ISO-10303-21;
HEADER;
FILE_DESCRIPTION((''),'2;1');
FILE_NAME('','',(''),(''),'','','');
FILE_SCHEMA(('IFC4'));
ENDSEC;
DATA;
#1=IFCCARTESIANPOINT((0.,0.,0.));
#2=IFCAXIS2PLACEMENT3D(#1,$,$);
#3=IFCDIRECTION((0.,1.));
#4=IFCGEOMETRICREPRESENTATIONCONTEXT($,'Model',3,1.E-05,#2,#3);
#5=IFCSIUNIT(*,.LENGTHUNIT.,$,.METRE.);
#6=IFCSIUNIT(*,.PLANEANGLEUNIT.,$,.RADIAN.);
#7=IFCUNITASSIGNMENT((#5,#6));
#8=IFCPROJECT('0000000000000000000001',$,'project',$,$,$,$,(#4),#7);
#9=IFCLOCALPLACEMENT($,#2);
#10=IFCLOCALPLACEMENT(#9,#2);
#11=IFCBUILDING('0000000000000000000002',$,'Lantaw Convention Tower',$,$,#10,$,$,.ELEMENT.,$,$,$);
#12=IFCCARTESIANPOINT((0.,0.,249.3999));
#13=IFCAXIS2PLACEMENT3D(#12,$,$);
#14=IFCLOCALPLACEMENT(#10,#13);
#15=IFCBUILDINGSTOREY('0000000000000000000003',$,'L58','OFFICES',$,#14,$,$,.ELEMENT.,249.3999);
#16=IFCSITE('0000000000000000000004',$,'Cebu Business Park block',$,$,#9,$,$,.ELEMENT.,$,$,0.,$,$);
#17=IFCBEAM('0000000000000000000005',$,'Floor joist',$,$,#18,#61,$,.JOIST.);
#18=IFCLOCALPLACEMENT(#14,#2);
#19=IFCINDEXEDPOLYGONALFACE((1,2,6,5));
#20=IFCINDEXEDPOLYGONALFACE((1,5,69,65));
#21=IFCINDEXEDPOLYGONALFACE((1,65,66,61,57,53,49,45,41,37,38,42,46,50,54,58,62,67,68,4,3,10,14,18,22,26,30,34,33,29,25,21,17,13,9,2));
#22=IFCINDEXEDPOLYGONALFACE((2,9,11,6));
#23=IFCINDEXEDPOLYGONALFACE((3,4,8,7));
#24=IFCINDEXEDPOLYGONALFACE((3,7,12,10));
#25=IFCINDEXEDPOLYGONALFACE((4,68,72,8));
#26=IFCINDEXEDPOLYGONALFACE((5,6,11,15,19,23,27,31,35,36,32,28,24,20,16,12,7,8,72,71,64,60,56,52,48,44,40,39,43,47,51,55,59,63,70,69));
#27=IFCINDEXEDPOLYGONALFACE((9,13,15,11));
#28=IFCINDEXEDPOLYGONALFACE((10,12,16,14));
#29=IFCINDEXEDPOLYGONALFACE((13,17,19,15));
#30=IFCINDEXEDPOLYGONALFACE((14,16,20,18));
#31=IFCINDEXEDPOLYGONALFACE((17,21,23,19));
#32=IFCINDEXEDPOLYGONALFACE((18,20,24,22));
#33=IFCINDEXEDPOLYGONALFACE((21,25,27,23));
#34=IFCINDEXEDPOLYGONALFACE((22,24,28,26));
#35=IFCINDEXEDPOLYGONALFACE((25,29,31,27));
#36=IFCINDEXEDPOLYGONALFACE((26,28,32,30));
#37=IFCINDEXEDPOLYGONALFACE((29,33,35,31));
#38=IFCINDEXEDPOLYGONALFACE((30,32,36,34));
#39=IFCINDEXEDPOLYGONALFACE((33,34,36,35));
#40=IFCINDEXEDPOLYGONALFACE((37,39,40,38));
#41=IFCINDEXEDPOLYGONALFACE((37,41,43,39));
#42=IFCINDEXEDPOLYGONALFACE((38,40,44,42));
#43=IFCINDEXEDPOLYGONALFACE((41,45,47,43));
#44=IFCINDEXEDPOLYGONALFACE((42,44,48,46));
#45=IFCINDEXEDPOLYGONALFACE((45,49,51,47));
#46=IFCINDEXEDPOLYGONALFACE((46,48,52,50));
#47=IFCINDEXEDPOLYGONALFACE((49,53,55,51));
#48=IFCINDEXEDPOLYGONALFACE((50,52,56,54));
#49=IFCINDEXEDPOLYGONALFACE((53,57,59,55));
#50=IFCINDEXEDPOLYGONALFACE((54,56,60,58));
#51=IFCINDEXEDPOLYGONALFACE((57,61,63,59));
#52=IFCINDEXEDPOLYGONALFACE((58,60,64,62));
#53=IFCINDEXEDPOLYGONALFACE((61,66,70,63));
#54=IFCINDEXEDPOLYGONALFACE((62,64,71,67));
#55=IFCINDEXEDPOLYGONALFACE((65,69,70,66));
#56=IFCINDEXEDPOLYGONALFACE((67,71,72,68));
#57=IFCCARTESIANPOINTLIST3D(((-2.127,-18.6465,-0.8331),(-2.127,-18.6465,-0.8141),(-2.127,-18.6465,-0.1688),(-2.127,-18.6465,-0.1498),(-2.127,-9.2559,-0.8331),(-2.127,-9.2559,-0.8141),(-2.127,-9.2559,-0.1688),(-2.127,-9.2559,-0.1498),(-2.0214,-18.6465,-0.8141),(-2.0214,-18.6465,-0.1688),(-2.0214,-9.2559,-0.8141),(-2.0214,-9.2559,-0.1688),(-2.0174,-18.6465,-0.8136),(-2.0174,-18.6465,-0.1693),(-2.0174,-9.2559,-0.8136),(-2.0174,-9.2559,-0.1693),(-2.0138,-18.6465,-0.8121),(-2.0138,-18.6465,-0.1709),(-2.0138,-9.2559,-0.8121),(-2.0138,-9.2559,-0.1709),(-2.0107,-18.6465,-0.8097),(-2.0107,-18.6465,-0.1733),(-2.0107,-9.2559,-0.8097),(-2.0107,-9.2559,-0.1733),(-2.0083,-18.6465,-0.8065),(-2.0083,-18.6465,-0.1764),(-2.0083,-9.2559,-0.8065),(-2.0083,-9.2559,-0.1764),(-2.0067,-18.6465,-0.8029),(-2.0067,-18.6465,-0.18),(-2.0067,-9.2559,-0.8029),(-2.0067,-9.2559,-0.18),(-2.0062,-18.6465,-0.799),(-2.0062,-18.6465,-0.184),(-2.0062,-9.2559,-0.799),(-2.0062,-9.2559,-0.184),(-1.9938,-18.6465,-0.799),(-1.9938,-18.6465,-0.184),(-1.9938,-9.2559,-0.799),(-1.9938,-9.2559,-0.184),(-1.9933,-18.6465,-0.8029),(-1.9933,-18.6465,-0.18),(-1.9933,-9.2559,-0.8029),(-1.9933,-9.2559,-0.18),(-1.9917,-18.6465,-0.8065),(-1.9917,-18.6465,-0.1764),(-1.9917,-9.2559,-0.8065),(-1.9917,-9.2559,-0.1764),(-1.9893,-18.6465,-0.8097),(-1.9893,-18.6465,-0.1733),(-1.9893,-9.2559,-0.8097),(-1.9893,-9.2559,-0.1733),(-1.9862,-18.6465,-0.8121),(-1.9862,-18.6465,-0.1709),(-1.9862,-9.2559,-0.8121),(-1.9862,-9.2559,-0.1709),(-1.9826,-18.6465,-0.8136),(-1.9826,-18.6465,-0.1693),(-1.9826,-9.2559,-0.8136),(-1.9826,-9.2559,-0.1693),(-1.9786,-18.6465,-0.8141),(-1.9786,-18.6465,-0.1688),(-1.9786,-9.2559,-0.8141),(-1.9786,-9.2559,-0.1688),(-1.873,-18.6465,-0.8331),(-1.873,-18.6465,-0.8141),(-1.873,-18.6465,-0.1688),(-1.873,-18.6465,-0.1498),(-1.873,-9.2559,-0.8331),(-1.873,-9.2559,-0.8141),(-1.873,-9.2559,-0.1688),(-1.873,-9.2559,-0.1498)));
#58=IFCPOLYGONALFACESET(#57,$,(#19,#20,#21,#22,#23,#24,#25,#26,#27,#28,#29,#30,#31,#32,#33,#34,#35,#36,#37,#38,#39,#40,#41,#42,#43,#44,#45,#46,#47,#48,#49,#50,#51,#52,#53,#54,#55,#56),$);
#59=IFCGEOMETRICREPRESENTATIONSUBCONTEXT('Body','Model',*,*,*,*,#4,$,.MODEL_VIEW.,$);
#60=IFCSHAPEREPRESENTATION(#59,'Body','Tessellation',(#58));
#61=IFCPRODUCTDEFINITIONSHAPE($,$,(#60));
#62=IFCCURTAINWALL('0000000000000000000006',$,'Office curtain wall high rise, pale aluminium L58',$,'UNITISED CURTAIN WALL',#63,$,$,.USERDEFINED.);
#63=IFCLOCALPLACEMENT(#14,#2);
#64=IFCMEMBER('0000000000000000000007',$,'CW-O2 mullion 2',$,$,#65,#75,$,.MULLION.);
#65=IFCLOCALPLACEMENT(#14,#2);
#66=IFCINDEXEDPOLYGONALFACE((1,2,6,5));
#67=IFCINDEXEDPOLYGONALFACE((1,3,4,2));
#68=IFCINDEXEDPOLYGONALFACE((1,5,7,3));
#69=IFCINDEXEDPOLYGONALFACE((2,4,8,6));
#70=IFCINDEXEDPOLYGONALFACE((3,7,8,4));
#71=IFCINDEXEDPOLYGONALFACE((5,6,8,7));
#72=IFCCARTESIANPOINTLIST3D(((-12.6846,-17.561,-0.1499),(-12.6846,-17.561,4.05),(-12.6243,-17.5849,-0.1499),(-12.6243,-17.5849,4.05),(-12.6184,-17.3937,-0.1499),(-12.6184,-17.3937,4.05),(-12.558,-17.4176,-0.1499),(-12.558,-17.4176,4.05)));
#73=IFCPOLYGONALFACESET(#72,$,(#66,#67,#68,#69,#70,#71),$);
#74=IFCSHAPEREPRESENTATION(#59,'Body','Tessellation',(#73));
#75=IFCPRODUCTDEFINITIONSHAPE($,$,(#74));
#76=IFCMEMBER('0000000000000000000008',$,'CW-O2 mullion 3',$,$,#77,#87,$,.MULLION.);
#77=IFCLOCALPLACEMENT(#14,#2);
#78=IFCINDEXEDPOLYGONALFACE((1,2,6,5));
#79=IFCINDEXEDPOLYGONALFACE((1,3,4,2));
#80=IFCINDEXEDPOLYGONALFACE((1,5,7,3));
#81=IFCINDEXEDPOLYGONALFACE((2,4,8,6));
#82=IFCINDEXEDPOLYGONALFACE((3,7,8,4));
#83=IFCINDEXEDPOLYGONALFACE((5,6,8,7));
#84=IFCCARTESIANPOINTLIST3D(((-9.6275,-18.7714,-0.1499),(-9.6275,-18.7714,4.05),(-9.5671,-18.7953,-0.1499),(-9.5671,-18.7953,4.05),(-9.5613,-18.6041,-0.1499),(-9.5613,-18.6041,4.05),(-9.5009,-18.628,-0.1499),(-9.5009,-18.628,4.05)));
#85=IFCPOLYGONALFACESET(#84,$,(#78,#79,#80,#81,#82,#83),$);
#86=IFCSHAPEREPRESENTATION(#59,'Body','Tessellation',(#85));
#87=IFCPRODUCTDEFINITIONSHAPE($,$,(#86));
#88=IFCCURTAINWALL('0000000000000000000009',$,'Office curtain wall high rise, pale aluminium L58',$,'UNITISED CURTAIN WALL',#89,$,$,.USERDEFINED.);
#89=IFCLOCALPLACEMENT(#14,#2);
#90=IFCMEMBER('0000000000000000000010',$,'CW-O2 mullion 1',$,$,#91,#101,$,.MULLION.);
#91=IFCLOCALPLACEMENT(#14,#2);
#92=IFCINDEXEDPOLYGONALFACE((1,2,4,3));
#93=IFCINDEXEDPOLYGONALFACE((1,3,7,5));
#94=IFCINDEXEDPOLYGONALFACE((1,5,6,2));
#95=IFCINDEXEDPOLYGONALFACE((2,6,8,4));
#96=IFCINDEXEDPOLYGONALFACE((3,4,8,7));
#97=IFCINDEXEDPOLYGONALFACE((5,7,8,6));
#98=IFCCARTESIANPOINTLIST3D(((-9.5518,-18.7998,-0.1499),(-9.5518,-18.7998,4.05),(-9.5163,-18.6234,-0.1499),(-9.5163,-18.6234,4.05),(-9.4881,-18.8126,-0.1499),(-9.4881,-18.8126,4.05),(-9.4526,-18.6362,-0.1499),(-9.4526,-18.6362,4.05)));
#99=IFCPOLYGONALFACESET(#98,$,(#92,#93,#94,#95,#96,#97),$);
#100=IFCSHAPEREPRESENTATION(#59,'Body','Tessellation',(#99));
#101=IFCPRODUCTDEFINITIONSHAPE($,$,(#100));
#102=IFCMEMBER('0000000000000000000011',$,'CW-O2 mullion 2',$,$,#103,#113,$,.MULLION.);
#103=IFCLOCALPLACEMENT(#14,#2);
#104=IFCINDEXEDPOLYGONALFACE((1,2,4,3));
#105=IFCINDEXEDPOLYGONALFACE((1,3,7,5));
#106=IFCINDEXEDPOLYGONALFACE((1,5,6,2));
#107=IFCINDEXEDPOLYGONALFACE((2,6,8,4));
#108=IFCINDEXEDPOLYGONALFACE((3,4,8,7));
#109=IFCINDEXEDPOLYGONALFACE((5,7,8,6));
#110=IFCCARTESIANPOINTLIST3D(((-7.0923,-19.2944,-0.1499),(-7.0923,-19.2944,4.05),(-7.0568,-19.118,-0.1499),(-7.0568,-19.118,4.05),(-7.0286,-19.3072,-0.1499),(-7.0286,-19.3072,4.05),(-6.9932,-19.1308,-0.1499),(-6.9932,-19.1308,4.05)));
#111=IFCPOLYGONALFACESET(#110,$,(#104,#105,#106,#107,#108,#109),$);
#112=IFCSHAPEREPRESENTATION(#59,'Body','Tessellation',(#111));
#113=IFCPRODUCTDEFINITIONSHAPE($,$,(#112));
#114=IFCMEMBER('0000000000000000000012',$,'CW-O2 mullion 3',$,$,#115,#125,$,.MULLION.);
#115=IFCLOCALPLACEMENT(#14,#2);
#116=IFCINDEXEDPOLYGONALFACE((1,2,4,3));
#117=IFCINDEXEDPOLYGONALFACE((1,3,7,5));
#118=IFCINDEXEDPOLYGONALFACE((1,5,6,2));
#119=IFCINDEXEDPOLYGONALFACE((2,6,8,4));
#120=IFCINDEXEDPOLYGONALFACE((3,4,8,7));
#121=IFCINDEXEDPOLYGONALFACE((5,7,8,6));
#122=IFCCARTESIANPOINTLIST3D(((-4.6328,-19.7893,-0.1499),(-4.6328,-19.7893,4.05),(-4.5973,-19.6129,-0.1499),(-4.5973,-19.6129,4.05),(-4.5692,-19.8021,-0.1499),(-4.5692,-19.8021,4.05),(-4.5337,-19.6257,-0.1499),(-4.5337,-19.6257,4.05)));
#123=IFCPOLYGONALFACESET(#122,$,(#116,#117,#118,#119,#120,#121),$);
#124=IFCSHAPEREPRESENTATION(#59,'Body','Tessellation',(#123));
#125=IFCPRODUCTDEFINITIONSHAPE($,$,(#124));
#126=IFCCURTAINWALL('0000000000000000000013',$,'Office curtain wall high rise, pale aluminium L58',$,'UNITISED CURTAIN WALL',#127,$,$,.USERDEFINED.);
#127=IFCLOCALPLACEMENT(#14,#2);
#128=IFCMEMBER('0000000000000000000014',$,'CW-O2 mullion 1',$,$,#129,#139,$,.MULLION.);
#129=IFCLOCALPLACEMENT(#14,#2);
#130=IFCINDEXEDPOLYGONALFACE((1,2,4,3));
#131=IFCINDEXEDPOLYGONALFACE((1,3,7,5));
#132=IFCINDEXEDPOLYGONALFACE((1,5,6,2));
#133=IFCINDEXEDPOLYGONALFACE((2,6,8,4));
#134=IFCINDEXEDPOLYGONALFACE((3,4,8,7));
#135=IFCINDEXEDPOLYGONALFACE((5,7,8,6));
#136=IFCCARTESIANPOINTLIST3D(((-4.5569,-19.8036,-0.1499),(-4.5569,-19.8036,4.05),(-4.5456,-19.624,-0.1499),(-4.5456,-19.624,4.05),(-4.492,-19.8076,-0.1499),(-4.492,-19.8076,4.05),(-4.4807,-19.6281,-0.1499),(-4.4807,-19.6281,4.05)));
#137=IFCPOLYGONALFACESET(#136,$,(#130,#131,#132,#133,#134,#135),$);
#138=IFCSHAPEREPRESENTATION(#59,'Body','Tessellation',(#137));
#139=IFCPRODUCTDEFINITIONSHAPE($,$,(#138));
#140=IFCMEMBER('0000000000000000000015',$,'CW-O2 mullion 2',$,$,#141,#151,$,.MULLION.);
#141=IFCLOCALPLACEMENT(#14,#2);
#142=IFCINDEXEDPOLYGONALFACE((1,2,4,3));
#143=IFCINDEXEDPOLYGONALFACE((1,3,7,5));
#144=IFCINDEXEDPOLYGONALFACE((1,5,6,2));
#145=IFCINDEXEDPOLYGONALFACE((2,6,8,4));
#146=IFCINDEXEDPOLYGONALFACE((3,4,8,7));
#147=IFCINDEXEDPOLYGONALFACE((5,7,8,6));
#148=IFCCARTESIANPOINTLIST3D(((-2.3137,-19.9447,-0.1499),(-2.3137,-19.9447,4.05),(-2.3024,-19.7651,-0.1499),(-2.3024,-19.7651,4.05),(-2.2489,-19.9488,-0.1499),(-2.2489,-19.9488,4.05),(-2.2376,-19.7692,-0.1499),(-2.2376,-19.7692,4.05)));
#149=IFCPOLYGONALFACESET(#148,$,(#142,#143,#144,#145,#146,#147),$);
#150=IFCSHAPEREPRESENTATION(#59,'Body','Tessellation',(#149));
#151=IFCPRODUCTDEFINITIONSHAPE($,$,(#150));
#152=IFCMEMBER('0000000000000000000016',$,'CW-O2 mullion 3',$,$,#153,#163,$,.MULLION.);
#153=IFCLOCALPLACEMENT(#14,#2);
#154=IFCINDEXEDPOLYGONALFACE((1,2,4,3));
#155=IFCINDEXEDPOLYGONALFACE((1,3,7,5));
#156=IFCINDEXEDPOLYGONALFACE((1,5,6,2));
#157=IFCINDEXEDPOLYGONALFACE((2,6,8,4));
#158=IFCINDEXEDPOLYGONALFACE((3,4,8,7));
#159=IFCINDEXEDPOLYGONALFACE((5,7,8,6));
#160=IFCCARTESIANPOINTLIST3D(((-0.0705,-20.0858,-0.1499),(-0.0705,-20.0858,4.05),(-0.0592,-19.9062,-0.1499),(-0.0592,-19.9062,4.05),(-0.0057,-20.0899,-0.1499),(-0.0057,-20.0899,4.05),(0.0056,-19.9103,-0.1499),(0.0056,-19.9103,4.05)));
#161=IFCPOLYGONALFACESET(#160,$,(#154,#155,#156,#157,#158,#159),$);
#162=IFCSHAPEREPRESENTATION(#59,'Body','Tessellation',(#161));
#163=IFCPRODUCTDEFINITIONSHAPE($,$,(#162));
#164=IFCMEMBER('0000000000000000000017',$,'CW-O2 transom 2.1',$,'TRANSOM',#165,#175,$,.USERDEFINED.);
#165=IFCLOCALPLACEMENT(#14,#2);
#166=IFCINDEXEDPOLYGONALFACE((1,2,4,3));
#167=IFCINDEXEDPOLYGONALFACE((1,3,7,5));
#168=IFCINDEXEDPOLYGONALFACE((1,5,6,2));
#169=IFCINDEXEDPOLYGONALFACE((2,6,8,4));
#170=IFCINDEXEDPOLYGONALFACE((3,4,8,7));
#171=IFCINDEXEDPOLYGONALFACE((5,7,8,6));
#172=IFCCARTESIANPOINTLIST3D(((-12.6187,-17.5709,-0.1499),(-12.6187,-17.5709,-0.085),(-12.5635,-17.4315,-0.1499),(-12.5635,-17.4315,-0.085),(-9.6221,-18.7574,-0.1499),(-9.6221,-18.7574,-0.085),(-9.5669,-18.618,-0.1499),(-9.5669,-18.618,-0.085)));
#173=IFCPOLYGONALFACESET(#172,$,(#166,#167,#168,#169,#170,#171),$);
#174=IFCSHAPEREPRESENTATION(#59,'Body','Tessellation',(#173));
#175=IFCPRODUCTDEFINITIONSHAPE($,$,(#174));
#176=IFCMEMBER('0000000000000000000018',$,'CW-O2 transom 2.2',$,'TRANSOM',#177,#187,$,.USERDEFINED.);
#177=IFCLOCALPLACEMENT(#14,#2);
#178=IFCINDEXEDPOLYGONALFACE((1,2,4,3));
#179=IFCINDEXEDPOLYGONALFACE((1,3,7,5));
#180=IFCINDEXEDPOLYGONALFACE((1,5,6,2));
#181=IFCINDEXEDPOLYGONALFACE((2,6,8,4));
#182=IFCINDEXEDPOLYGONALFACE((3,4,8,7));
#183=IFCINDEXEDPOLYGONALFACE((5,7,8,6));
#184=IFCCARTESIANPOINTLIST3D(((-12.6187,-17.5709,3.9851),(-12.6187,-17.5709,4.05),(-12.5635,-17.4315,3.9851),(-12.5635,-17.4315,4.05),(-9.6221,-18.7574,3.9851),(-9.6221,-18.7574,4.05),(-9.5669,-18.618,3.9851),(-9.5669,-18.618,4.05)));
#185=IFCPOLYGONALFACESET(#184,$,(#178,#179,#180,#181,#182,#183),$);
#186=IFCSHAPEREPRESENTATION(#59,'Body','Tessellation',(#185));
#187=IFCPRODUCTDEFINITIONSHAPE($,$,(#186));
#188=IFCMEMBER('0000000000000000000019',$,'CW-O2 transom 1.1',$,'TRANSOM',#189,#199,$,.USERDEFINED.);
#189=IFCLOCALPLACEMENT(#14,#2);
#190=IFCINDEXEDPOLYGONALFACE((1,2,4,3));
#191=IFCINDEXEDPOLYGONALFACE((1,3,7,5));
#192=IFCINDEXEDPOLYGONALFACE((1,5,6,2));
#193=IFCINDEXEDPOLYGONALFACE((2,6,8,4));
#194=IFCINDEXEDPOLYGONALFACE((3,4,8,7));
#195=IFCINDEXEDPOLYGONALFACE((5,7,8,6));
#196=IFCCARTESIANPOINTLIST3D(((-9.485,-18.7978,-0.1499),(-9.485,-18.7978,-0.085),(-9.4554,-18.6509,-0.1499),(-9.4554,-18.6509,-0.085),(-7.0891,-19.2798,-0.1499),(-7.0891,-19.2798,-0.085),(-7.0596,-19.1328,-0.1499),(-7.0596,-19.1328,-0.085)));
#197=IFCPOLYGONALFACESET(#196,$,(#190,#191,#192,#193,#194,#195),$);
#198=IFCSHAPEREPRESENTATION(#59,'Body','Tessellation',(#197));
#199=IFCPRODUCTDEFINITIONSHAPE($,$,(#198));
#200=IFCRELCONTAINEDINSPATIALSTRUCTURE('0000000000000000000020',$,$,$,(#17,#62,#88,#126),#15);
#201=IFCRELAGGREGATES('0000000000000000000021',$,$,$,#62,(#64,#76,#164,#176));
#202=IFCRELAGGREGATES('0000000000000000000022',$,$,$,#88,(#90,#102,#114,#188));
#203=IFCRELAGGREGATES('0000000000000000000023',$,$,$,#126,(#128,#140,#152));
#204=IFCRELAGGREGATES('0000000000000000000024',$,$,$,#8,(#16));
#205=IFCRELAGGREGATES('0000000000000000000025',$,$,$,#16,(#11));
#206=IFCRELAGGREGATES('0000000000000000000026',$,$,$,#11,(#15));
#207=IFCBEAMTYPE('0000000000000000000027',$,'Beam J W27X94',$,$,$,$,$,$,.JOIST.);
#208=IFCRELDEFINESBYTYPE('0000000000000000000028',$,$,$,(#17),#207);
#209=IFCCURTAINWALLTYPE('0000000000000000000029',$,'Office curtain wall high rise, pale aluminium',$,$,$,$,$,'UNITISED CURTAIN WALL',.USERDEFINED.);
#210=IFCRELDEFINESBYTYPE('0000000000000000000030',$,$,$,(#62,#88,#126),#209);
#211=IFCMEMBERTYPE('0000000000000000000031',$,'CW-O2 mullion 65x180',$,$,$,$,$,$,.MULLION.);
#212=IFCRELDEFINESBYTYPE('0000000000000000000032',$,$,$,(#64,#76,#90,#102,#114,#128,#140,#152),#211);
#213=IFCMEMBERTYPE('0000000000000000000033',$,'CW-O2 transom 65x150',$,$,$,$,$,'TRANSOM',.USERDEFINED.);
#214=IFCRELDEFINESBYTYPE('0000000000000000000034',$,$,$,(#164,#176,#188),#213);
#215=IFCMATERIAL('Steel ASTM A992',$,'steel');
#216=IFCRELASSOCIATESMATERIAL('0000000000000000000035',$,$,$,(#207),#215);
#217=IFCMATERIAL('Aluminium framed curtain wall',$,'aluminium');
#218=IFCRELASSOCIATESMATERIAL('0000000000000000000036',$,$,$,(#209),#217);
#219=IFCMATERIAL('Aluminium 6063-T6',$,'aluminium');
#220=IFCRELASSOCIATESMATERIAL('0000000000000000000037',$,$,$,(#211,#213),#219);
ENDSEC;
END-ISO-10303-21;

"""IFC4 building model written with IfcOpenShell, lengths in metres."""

from ifc_helpers import new_model, si_unit, direction, frame, origin, origin_2d, place, context, subcontext, project, spatial, rectangle, i_section, extrude, material, material_profile, profile_set, type_object, element, aggregate, save


model = new_model("IFC4")

# Units and contexts
model_context = context("Model", 3, precision=1e-05, world=origin(), true_north=direction((0.0, 1.0)))
body_context = subcontext(model_context, "Body", "Model", "MODEL_VIEW")
ifc_project = project(units=[si_unit("LENGTHUNIT", "METRE"), si_unit("PLANEANGLEUNIT", "RADIAN")], contexts=[model_context])

# Site, building, storey
site_placement = place(None, origin())
site = spatial("IfcSite", under=ifc_project, at=site_placement, Name="Cebu Business Park block", CompositionType="ELEMENT", RefElevation=0.0)
building_placement = place(site_placement, origin())
building = spatial("IfcBuilding", under=site, at=building_placement, Name="Lantaw Convention Tower", CompositionType="ELEMENT")
storey_placement = place(building_placement, frame((0.0, 0.0, 249.3999)))
storey = spatial("IfcBuildingStorey", under=building, at=storey_placement, Name="L58", Description="OFFICES", CompositionType="ELEMENT", Elevation=249.3999)

# Beam
ifc_material_1 = material(Name="Steel ASTM A992", Category="steel")
ifc_material_profile_1 = material_profile(ifc_material_1, i_section(OverallWidth=0.2539, OverallDepth=0.6833, WebThickness=0.0125, FlangeThickness=0.019, FilletRadius=0.0151, at=origin_2d()), Name="W27X94")
ifc_profile_set_1 = profile_set([ifc_material_profile_1], Name="Steel ASTM A992")
beam_type_1 = type_object("IfcBeamType", Name="Beam J W27X94", PredefinedType="JOIST", material=ifc_profile_set_1)
beam_1_placement = place(storey_placement, frame((-2.0, -18.6465, -0.4915), z_axis=(0.0, 1.0, 0.0), x_axis=(-1.0, 0.0, 0.0)))
element("IfcBeam", 1, at=beam_1_placement, inside=storey, type_object=beam_type_1, Name="Floor joist", PredefinedType="JOIST", context=body_context, shape_type="SweptSolid", body=[
    extrude(i_section(OverallWidth=0.2539, OverallDepth=0.6833, WebThickness=0.0125, FlangeThickness=0.019, FilletRadius=0.0151, at=origin_2d()), origin(), (0.0, 0.0, 1.0), 9.3906),
])

# Curtain walls, members
ifc_material_2 = material(Name="Aluminium framed curtain wall", Category="aluminium")
curtain_wall_type = type_object("IfcCurtainWallType", Name="Office curtain wall high rise, pale aluminium", ElementType="UNITISED CURTAIN WALL", PredefinedType="USERDEFINED", material=ifc_material_2)
curtain_wall_1_placement = place(storey_placement, origin())
curtain_wall_1 = element("IfcCurtainWall", 2, at=curtain_wall_1_placement, inside=storey, type_object=curtain_wall_type, Name="Office curtain wall high rise, pale aluminium L58", ObjectType="UNITISED CURTAIN WALL", PredefinedType="USERDEFINED")
ifc_material_3 = material(Name="Aluminium 6063-T6", Category="aluminium")
ifc_material_profile_2 = material_profile(ifc_material_3, rectangle(XDim=0.1799, YDim=0.0649, at=origin_2d()), Name="CW-O2 mullion 65x180")
ifc_profile_set_2 = profile_set([ifc_material_profile_2], Name="Aluminium 6063-T6")
member_type_1 = type_object("IfcMemberType", Name="CW-O2 mullion 65x180", PredefinedType="MULLION", material=ifc_profile_set_2)
member_1_placement = place(storey_placement, frame((-12.6213, -17.4893, -0.1499), z_axis=(0.0, 0.0, 1.0), x_axis=(0.368162, 0.929762, 0.0)))
member_1 = element("IfcMember", 3, at=member_1_placement, type_object=member_type_1, Name="CW-O2 mullion 2", PredefinedType="MULLION", context=body_context, shape_type="SweptSolid", body=[
    extrude(rectangle(XDim=0.1799, YDim=0.0649, at=origin_2d()), origin(), (0.0, 0.0, 1.0), 4.2),
])
member_2_placement = place(storey_placement, frame((-9.5642, -18.6997, -0.1499), z_axis=(0.0, 0.0, 1.0), x_axis=(0.368162, 0.929762, 0.0)))
member_2 = element("IfcMember", 4, at=member_2_placement, type_object=member_type_1, Name="CW-O2 mullion 3", PredefinedType="MULLION", context=body_context, shape_type="SweptSolid", body=[
    extrude(rectangle(XDim=0.1799, YDim=0.0649, at=origin_2d()), origin(), (0.0, 0.0, 1.0), 4.2),
])
curtain_wall_2_placement = place(storey_placement, origin())
curtain_wall_2 = element("IfcCurtainWall", 5, at=curtain_wall_2_placement, inside=storey, type_object=curtain_wall_type, Name="Office curtain wall high rise, pale aluminium L58", ObjectType="UNITISED CURTAIN WALL", PredefinedType="USERDEFINED")
member_3_placement = place(storey_placement, frame((-9.5022, -18.718, -0.1499), z_axis=(0.0, 0.0, 1.0), x_axis=(0.197183, 0.980367, 0.0)))
member_3 = element("IfcMember", 6, at=member_3_placement, type_object=member_type_1, Name="CW-O2 mullion 1", PredefinedType="MULLION", context=body_context, shape_type="SweptSolid", body=[
    extrude(rectangle(XDim=0.1799, YDim=0.0649, at=origin_2d()), origin(), (0.0, 0.0, 1.0), 4.2),
])
member_4_placement = place(storey_placement, frame((-7.0427, -19.2126, -0.1499), z_axis=(0.0, 0.0, 1.0), x_axis=(0.197183, 0.980367, 0.0)))
member_4 = element("IfcMember", 7, at=member_4_placement, type_object=member_type_1, Name="CW-O2 mullion 2", PredefinedType="MULLION", context=body_context, shape_type="SweptSolid", body=[
    extrude(rectangle(XDim=0.1799, YDim=0.0649, at=origin_2d()), origin(), (0.0, 0.0, 1.0), 4.2),
])
member_5_placement = place(storey_placement, frame((-4.5833, -19.7075, -0.1499), z_axis=(0.0, 0.0, 1.0), x_axis=(0.197183, 0.980367, 0.0)))
member_5 = element("IfcMember", 8, at=member_5_placement, type_object=member_type_1, Name="CW-O2 mullion 3", PredefinedType="MULLION", context=body_context, shape_type="SweptSolid", body=[
    extrude(rectangle(XDim=0.1799, YDim=0.0649, at=origin_2d()), origin(), (0.0, 0.0, 1.0), 4.2),
])
curtain_wall_3_placement = place(storey_placement, origin())
curtain_wall_3 = element("IfcCurtainWall", 9, at=curtain_wall_3_placement, inside=storey, type_object=curtain_wall_type, Name="Office curtain wall high rise, pale aluminium L58", ObjectType="UNITISED CURTAIN WALL", PredefinedType="USERDEFINED")
member_6_placement = place(storey_placement, frame((-4.5188, -19.7158, -0.1499), z_axis=(0.0, 0.0, 1.0), x_axis=(0.062758, 0.998029, 0.0)))
member_6 = element("IfcMember", 10, at=member_6_placement, type_object=member_type_1, Name="CW-O2 mullion 1", PredefinedType="MULLION", context=body_context, shape_type="SweptSolid", body=[
    extrude(rectangle(XDim=0.1799, YDim=0.0649, at=origin_2d()), origin(), (0.0, 0.0, 1.0), 4.2),
])
member_7_placement = place(storey_placement, frame((-2.2756, -19.8569, -0.1499), z_axis=(0.0, 0.0, 1.0), x_axis=(0.062758, 0.998029, 0.0)))
member_7 = element("IfcMember", 11, at=member_7_placement, type_object=member_type_1, Name="CW-O2 mullion 2", PredefinedType="MULLION", context=body_context, shape_type="SweptSolid", body=[
    extrude(rectangle(XDim=0.1799, YDim=0.0649, at=origin_2d()), origin(), (0.0, 0.0, 1.0), 4.2),
])
member_8_placement = place(storey_placement, frame((-0.0325, -19.998, -0.1499), z_axis=(0.0, 0.0, 1.0), x_axis=(0.062758, 0.998029, 0.0)))
member_8 = element("IfcMember", 12, at=member_8_placement, type_object=member_type_1, Name="CW-O2 mullion 3", PredefinedType="MULLION", context=body_context, shape_type="SweptSolid", body=[
    extrude(rectangle(XDim=0.1799, YDim=0.0649, at=origin_2d()), origin(), (0.0, 0.0, 1.0), 4.2),
])

# Members
ifc_material_profile_3 = material_profile(ifc_material_3, rectangle(XDim=0.1499, YDim=0.0649, at=origin_2d()), Name="CW-O2 transom 65x150")
ifc_profile_set_3 = profile_set([ifc_material_profile_3], Name="Aluminium 6063-T6")
member_type_2 = type_object("IfcMemberType", Name="CW-O2 transom 65x150", ElementType="TRANSOM", PredefinedType="USERDEFINED", material=ifc_profile_set_3)
member_9_placement = place(storey_placement, frame((-12.5911, -17.5012, -0.1174), z_axis=(0.929767, -0.368149, 0.0), x_axis=(0.368149, 0.929767, 0.0)))
member_9 = element("IfcMember", 13, at=member_9_placement, type_object=member_type_2, Name="CW-O2 transom 2.1", ObjectType="TRANSOM", PredefinedType="USERDEFINED", context=body_context, shape_type="SweptSolid", body=[
    extrude(rectangle(XDim=0.1499, YDim=0.0649, at=origin_2d()), origin(), (0.0, 0.0, 1.0), 3.2229),
])
member_10_placement = place(storey_placement, frame((-12.5911, -17.5012, 4.0176), z_axis=(0.929767, -0.368149, 0.0), x_axis=(0.368149, 0.929767, 0.0)))
member_10 = element("IfcMember", 14, at=member_10_placement, type_object=member_type_2, Name="CW-O2 transom 2.2", ObjectType="TRANSOM", PredefinedType="USERDEFINED", context=body_context, shape_type="SweptSolid", body=[
    extrude(rectangle(XDim=0.1499, YDim=0.0649, at=origin_2d()), origin(), (0.0, 0.0, 1.0), 3.2229),
])
member_11_placement = place(storey_placement, frame((-9.4702, -18.7244, -0.1174), z_axis=(0.980361, -0.197211, 0.0), x_axis=(0.197211, 0.980361, 0.0)))
member_11 = element("IfcMember", 15, at=member_11_placement, type_object=member_type_2, Name="CW-O2 transom 1.1", ObjectType="TRANSOM", PredefinedType="USERDEFINED", context=body_context, shape_type="SweptSolid", body=[
    extrude(rectangle(XDim=0.1499, YDim=0.0649, at=origin_2d()), origin(), (0.0, 0.0, 1.0), 2.4438),
])

aggregate(curtain_wall_1, [member_1, member_2, member_9, member_10])
aggregate(curtain_wall_2, [member_3, member_4, member_5, member_11])
aggregate(curtain_wall_3, [member_6, member_7, member_8])

save(model, "model.ifc")
